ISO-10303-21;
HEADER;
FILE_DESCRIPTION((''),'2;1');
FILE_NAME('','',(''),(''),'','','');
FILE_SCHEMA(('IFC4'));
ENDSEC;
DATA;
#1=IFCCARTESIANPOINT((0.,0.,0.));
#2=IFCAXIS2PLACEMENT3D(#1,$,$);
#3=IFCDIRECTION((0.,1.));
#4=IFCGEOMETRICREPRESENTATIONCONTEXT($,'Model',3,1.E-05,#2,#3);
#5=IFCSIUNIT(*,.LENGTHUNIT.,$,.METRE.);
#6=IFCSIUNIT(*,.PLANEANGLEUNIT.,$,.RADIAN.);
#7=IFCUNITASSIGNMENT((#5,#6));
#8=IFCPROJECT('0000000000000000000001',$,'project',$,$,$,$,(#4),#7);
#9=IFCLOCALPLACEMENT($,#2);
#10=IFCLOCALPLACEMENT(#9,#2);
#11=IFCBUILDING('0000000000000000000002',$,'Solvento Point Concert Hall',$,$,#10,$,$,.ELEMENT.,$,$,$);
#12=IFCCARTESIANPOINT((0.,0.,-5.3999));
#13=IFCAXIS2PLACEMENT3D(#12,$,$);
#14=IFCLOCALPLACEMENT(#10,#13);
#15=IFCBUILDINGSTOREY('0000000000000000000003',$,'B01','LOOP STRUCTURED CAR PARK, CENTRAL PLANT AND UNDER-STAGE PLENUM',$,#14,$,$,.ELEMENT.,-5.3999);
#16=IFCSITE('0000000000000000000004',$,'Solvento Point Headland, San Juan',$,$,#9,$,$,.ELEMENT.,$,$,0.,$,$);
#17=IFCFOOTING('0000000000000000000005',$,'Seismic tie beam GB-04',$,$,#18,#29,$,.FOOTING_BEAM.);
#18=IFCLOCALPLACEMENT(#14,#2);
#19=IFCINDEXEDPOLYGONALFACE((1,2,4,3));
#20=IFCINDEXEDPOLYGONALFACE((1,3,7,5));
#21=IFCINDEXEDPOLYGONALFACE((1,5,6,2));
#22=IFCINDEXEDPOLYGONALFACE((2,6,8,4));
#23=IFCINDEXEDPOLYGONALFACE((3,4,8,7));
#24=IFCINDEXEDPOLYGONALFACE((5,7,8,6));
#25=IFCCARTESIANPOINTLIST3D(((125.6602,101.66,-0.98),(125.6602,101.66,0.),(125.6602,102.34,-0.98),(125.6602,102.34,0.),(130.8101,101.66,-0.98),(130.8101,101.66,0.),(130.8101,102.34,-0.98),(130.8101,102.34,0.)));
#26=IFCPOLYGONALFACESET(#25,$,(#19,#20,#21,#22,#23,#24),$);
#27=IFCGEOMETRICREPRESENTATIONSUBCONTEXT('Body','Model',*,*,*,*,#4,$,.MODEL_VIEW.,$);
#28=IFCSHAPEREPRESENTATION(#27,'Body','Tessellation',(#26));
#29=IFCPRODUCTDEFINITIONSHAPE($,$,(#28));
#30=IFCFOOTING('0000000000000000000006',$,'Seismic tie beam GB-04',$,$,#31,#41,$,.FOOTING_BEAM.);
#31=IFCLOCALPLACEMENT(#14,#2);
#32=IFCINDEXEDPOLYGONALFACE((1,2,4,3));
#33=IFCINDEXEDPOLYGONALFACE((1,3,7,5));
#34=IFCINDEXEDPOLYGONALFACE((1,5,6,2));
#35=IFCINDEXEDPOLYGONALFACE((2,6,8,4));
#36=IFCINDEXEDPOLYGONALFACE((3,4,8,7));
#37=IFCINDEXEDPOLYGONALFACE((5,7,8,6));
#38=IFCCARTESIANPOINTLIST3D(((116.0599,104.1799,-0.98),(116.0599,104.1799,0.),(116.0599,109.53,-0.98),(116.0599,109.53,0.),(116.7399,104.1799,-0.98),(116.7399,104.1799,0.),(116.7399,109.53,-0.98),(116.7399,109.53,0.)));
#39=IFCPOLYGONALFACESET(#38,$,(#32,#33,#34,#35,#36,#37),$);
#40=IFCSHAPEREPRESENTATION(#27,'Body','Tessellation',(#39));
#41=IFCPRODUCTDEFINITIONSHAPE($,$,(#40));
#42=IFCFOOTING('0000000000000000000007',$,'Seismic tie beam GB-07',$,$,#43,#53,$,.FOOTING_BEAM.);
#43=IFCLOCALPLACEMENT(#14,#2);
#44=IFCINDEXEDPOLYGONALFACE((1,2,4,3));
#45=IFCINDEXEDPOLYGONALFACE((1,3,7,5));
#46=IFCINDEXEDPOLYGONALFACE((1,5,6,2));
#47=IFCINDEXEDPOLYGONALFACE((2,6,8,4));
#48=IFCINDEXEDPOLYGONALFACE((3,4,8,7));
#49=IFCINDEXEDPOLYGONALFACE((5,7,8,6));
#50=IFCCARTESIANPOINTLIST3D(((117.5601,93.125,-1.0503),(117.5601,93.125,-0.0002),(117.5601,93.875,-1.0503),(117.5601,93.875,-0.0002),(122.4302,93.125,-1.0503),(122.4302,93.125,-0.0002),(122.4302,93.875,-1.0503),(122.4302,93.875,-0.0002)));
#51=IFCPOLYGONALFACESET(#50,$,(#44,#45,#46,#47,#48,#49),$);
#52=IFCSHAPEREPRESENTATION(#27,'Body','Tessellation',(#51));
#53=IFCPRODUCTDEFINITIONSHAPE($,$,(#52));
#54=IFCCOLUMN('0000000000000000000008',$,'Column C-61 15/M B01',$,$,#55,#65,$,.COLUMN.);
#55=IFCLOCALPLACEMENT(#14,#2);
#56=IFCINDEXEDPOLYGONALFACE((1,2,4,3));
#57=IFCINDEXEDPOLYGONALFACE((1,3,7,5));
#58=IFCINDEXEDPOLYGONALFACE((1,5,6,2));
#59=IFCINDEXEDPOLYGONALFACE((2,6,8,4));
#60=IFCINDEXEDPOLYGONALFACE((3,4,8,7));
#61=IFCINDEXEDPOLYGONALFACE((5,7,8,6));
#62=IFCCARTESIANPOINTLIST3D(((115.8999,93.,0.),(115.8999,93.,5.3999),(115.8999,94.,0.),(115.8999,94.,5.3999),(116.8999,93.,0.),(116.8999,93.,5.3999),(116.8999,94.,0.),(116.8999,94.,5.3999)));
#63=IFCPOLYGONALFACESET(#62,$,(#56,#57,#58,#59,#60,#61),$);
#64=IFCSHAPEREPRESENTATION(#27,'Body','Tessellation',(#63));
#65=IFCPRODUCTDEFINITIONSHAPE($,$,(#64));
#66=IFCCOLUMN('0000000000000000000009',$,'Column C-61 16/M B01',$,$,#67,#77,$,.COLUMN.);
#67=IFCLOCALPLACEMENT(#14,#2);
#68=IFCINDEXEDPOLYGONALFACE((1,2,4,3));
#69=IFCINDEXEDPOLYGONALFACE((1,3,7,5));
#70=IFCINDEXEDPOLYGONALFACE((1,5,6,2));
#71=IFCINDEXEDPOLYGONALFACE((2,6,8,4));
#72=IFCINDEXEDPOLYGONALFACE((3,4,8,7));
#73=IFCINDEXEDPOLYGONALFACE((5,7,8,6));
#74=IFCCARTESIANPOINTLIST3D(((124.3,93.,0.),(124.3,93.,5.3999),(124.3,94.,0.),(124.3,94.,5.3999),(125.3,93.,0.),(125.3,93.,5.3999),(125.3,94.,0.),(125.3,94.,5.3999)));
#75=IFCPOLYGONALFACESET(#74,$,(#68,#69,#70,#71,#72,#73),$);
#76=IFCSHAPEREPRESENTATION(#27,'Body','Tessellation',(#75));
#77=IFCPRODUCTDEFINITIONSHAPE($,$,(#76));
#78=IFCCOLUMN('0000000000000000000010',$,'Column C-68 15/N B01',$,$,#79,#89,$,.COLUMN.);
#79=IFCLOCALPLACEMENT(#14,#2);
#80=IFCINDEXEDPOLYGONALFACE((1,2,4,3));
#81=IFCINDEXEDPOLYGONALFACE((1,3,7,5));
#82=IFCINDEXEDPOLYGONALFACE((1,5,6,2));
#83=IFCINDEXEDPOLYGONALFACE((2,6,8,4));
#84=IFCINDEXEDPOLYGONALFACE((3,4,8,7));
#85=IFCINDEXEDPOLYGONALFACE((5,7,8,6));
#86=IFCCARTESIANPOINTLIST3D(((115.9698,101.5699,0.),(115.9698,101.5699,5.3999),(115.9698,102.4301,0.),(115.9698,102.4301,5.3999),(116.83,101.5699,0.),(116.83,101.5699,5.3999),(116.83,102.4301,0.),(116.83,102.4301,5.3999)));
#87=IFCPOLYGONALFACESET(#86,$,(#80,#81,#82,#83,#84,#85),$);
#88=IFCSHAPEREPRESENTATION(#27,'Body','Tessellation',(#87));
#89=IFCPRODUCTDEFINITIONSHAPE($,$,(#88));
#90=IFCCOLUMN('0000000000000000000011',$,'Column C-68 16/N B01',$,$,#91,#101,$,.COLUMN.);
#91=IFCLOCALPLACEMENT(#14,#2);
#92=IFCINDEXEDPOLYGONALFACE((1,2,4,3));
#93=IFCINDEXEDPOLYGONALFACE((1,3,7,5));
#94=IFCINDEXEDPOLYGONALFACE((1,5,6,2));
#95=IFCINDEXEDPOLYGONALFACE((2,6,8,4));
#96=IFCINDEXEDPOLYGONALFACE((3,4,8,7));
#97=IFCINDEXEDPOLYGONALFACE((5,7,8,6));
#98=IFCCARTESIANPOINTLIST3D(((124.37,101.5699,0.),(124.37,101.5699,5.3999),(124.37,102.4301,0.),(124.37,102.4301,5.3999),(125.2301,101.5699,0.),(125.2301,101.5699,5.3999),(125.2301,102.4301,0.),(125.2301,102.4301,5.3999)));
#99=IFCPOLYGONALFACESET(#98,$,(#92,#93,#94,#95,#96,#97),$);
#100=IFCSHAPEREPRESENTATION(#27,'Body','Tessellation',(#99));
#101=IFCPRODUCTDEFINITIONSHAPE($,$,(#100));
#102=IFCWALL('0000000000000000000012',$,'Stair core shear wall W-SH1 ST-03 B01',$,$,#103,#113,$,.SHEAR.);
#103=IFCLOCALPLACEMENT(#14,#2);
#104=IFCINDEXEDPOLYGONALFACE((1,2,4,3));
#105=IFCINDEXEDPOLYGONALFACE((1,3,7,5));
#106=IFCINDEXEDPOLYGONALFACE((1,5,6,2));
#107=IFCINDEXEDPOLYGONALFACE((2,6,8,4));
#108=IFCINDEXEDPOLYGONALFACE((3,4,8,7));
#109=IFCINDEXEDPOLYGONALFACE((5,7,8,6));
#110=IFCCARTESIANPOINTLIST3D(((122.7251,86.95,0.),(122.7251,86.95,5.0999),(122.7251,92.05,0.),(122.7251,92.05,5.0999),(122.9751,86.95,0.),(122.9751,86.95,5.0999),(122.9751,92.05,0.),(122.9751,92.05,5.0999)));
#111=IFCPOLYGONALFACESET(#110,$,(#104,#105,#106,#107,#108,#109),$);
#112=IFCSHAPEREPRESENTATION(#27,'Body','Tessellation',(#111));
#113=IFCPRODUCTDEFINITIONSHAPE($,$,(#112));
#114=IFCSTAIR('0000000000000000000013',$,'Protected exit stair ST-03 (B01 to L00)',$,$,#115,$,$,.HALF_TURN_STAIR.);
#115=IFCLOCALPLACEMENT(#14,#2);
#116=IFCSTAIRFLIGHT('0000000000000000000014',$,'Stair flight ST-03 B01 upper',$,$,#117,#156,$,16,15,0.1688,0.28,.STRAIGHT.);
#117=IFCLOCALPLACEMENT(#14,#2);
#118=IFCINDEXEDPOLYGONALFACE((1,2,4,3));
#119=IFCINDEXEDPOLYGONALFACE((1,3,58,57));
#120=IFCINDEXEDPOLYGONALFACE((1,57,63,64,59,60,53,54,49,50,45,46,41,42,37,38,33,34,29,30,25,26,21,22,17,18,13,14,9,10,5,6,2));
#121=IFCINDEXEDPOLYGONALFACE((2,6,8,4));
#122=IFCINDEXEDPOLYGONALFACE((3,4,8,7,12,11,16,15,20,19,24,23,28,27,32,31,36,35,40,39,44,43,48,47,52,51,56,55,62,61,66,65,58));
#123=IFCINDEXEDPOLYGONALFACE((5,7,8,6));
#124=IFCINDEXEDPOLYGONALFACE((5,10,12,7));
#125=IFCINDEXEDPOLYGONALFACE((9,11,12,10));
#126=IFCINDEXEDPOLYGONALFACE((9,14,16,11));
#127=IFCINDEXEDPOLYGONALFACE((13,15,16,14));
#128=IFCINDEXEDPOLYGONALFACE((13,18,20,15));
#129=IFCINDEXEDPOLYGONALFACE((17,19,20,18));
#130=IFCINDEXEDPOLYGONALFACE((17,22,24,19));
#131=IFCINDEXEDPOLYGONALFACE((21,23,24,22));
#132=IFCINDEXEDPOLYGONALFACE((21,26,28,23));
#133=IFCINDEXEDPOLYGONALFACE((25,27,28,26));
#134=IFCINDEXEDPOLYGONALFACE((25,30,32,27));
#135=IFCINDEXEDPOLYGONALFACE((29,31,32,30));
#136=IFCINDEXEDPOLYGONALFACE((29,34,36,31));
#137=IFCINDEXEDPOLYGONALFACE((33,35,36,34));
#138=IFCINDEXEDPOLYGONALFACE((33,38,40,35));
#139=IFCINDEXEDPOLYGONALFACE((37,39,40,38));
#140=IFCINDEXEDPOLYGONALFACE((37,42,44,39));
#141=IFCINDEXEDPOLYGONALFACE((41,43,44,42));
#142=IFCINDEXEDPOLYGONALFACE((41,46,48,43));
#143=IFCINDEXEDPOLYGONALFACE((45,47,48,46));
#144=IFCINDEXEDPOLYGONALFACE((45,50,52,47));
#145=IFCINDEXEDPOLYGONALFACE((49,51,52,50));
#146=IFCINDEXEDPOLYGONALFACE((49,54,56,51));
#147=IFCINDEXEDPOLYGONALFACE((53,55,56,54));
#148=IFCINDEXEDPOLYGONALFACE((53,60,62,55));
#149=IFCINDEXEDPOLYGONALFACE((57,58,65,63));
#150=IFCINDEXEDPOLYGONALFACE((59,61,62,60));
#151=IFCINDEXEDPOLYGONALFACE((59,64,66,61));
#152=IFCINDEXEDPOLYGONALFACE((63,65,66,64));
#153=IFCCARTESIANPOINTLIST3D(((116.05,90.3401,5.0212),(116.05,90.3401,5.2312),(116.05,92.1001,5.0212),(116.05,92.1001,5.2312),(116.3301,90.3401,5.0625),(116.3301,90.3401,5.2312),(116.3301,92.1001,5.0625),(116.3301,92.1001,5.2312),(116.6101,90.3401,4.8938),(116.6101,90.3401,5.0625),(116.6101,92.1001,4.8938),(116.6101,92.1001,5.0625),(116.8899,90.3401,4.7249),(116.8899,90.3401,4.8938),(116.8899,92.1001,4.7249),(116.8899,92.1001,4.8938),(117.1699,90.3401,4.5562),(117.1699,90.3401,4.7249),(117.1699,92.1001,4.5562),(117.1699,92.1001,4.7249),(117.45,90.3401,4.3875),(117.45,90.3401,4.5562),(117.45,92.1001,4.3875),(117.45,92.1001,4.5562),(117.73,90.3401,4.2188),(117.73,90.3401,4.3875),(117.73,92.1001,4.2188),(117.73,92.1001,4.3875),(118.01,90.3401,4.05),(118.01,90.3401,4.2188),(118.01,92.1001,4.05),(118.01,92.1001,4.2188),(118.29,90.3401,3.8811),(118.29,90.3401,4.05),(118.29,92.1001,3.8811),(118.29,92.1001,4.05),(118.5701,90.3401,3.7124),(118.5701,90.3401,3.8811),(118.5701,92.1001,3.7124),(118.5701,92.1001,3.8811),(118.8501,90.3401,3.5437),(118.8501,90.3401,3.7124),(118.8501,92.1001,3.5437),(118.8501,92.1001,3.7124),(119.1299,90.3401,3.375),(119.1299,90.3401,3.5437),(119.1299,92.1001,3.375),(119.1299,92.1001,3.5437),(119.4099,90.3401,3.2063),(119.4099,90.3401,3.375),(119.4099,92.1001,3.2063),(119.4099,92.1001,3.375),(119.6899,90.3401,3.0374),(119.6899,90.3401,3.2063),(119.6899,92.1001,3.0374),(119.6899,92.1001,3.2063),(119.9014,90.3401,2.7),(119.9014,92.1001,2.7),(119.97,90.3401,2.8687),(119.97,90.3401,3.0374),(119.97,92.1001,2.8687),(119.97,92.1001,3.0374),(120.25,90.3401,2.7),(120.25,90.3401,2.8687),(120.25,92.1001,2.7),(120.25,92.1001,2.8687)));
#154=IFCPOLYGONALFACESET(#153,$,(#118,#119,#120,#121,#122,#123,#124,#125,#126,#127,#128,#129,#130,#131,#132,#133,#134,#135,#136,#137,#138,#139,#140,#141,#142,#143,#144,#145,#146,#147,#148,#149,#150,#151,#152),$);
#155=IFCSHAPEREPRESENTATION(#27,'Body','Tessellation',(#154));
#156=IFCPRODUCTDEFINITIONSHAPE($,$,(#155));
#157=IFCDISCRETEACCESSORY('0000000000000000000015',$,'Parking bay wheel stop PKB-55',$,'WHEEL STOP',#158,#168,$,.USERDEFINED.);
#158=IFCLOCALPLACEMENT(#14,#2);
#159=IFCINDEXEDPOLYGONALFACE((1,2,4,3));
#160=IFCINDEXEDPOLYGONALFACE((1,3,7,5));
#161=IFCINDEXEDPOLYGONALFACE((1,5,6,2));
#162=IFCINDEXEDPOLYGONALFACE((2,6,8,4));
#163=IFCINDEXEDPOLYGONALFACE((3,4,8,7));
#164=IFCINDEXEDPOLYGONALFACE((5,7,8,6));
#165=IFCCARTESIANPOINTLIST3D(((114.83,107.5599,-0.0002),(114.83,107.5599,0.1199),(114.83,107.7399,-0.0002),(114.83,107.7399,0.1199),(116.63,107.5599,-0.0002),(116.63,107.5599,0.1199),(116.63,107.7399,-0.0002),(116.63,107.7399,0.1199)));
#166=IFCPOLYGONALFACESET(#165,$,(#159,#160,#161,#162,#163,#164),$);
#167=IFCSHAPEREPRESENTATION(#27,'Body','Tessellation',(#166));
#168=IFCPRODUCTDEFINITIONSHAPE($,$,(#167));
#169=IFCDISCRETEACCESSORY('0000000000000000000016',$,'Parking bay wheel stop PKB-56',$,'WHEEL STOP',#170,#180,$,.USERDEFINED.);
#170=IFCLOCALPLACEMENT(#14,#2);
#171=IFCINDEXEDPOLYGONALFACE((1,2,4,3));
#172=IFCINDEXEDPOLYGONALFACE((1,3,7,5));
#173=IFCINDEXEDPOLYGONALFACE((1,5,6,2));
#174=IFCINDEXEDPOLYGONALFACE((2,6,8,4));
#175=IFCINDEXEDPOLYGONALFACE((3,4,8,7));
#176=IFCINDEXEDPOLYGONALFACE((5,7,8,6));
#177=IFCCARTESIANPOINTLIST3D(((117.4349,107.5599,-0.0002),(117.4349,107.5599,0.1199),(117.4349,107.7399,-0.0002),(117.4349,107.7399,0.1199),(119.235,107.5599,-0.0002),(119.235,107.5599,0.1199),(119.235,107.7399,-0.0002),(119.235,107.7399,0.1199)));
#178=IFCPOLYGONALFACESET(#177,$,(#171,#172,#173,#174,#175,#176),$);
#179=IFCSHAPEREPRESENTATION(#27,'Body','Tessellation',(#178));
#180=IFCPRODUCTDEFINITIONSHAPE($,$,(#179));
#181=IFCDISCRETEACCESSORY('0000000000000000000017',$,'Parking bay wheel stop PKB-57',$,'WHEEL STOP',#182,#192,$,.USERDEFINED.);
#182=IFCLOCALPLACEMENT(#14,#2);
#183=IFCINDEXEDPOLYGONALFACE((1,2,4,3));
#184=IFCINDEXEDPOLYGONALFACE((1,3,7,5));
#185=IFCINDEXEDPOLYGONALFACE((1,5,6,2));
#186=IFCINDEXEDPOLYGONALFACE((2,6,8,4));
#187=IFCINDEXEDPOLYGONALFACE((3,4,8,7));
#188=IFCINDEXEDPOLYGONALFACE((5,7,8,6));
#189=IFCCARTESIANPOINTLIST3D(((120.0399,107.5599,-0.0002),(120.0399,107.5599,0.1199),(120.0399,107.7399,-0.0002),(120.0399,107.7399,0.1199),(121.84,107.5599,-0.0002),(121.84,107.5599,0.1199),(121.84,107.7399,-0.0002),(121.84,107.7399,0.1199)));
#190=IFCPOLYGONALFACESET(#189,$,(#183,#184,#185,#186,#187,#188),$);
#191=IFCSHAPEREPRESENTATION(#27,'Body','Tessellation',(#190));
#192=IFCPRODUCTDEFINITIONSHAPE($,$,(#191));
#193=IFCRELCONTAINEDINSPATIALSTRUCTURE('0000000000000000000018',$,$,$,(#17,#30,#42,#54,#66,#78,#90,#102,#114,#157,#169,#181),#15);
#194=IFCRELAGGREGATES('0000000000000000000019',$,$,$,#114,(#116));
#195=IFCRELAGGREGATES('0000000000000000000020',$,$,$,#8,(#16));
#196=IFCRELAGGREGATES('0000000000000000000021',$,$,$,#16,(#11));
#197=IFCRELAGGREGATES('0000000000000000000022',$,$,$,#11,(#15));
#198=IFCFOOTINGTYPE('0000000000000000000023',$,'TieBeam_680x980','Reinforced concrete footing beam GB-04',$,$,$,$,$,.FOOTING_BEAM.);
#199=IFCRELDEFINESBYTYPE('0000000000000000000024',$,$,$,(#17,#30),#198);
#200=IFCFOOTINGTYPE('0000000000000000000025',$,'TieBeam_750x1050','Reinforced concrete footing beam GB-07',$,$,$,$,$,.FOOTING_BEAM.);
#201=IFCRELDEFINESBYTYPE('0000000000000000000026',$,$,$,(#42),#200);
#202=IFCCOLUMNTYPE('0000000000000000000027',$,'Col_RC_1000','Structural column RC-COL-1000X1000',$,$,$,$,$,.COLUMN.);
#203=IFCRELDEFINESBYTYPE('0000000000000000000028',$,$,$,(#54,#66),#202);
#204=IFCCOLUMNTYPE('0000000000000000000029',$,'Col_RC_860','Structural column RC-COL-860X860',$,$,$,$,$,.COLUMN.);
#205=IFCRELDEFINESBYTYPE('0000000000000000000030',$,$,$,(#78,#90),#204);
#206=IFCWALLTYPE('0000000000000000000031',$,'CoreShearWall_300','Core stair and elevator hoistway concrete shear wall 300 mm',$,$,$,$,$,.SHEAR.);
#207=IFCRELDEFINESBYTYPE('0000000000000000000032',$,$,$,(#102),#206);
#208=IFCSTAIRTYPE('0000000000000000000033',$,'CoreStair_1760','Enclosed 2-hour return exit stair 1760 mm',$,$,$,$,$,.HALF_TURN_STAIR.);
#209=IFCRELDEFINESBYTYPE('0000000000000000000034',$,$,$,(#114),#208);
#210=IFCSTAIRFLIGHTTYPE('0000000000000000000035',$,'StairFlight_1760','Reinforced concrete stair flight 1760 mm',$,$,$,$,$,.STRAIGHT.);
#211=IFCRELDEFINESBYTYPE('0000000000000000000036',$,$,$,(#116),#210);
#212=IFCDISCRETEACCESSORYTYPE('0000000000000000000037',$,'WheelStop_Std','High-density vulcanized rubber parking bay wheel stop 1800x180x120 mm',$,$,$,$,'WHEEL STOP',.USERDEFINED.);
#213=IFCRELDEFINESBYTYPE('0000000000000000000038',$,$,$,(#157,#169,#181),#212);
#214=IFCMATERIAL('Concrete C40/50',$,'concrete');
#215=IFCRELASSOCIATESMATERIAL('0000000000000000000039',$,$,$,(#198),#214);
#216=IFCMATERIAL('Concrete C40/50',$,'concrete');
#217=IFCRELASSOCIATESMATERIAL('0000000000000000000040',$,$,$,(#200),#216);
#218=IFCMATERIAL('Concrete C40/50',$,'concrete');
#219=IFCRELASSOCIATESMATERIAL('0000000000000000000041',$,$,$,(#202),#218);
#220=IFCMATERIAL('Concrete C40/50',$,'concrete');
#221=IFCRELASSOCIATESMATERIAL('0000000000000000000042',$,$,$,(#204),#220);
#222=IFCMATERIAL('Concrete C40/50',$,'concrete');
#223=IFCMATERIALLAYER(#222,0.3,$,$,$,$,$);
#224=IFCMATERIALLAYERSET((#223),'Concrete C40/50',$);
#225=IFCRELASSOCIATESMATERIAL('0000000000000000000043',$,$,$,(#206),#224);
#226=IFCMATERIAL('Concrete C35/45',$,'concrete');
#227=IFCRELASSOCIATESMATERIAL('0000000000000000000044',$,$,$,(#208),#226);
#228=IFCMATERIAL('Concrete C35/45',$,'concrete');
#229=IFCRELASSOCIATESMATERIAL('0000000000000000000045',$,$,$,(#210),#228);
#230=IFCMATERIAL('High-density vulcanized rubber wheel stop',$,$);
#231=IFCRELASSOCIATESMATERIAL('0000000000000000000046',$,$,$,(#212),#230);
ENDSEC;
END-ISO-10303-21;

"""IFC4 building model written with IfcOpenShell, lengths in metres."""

from ifc_helpers import new_model, si_unit, direction, frame, frame_2d, origin, origin_2d, place, context, subcontext, project, spatial, polyline, rectangle, outline, extrude, material, layer, layer_set, material_profile, profile_set, type_object, element, aggregate, save


model = new_model("IFC4")

# Units and contexts
model_context = context("Model", 3, precision=1e-05, world=origin(), true_north=direction((0.0, 1.0)))
body_context = subcontext(model_context, "Body", "Model", "MODEL_VIEW")
ifc_project = project(units=[si_unit("LENGTHUNIT", "METRE"), si_unit("PLANEANGLEUNIT", "RADIAN")], contexts=[model_context])

# Site, building, storey
site_placement = place(None, origin())
site = spatial("IfcSite", under=ifc_project, at=site_placement, Name="Solvento Point Headland, San Juan", CompositionType="ELEMENT", RefElevation=0.0)
building_placement = place(site_placement, origin())
building = spatial("IfcBuilding", under=site, at=building_placement, Name="Solvento Point Concert Hall", CompositionType="ELEMENT")
storey_placement = place(building_placement, frame((0.0, 0.0, -5.3999)))
storey = spatial("IfcBuildingStorey", under=building, at=storey_placement, Name="B01", Description="LOOP STRUCTURED CAR PARK, CENTRAL PLANT AND UNDER-STAGE PLENUM", CompositionType="ELEMENT", Elevation=-5.3999)

# Footings
ifc_material_1 = material(Name="Concrete C40/50", Category="concrete")
footing_type_1 = type_object("IfcFootingType", Name="TieBeam_680x980", Description="Reinforced concrete footing beam GB-04", PredefinedType="FOOTING_BEAM", material=ifc_material_1)
footing_1_placement = place(storey_placement, frame((128.2351, 102.0, -0.98), z_axis=(0.0, 0.0, 1.0), x_axis=(1.0, 0.0, 0.0)))
element("IfcFooting", 1, at=footing_1_placement, inside=storey, type_object=footing_type_1, Name="Seismic tie beam GB-04", PredefinedType="FOOTING_BEAM", context=body_context, shape_type="SweptSolid", body=[
    extrude(rectangle(XDim=5.1499, YDim=0.6799, at=origin_2d()), origin(), (0.0, 0.0, 1.0), 0.98),
])
footing_2_placement = place(storey_placement, frame((116.3999, 106.855, -0.98), z_axis=(0.0, 0.0, 1.0), x_axis=(0.0, 1.0, 0.0)))
element("IfcFooting", 2, at=footing_2_placement, inside=storey, type_object=footing_type_1, Name="Seismic tie beam GB-04", PredefinedType="FOOTING_BEAM", context=body_context, shape_type="SweptSolid", body=[
    extrude(rectangle(XDim=5.3501, YDim=0.6799, at=origin_2d()), origin(), (0.0, 0.0, 1.0), 0.98),
])
ifc_material_2 = material(Name="Concrete C40/50", Category="concrete")
footing_type_2 = type_object("IfcFootingType", Name="TieBeam_750x1050", Description="Reinforced concrete footing beam GB-07", PredefinedType="FOOTING_BEAM", material=ifc_material_2)
footing_3_placement = place(storey_placement, frame((119.9951, 93.5, -1.0503), z_axis=(0.0, 0.0, 1.0), x_axis=(1.0, 0.0, 0.0)))
element("IfcFooting", 3, at=footing_3_placement, inside=storey, type_object=footing_type_2, Name="Seismic tie beam GB-07", PredefinedType="FOOTING_BEAM", context=body_context, shape_type="SweptSolid", body=[
    extrude(rectangle(XDim=4.8701, YDim=0.75, at=origin_2d()), origin(), (0.0, 0.0, 1.0), 1.05),
])

# Columns
ifc_material_3 = material(Name="Concrete C40/50", Category="concrete")
ifc_material_profile_1 = material_profile(ifc_material_3, rectangle(XDim=1.0, YDim=1.0, at=origin_2d()), Name="RC-COL-1000X1000")
ifc_profile_set_1 = profile_set([ifc_material_profile_1], Name="Concrete C40/50")
column_type_1 = type_object("IfcColumnType", Name="Col_RC_1000", Description="Structural column RC-COL-1000X1000", PredefinedType="COLUMN", material=ifc_profile_set_1)
for number, where, z_axis, x_axis, name in (
    (4, (116.3999, 93.5, 0.0), (0.0, 0.0, 1.0), (1.0, 0.0, 0.0), "Column C-61 15/M B01"),
    (5, (124.8, 93.5, 0.0), (0.0, 0.0, 1.0), (1.0, 0.0, 0.0), "Column C-61 16/M B01"),
):
    element("IfcColumn", number, at=place(storey_placement, frame(where, z_axis=z_axis, x_axis=x_axis)), inside=storey, type_object=column_type_1, Name=name, PredefinedType="COLUMN", context=body_context, shape_type="SweptSolid", body=[
        extrude(rectangle(XDim=1.0, YDim=1.0, at=origin_2d()), origin(), (0.0, 0.0, 1.0), 5.3999),
    ])
ifc_material_4 = material(Name="Concrete C40/50", Category="concrete")
ifc_material_profile_2 = material_profile(ifc_material_4, rectangle(XDim=0.8601, YDim=0.8601, at=origin_2d()), Name="RC-COL-860X860")
ifc_profile_set_2 = profile_set([ifc_material_profile_2], Name="Concrete C40/50")
column_type_2 = type_object("IfcColumnType", Name="Col_RC_860", Description="Structural column RC-COL-860X860", PredefinedType="COLUMN", material=ifc_profile_set_2)
for number, where, z_axis, x_axis, name in (
    (6, (116.3999, 102.0, 0.0), (0.0, 0.0, 1.0), (1.0, 0.0, 0.0), "Column C-68 15/N B01"),
    (7, (124.8, 102.0, 0.0), (0.0, 0.0, 1.0), (1.0, 0.0, 0.0), "Column C-68 16/N B01"),
):
    element("IfcColumn", number, at=place(storey_placement, frame(where, z_axis=z_axis, x_axis=x_axis)), inside=storey, type_object=column_type_2, Name=name, PredefinedType="COLUMN", context=body_context, shape_type="SweptSolid", body=[
        extrude(rectangle(XDim=0.8601, YDim=0.8601, at=origin_2d()), origin(), (0.0, 0.0, 1.0), 5.3999),
    ])

# Wall
ifc_material_5 = material(Name="Concrete C40/50", Category="concrete")
ifc_layer = layer(ifc_material_5, 0.3)
ifc_layer_set = layer_set([ifc_layer], Name="Concrete C40/50")
wall_type = type_object("IfcWallType", Name="CoreShearWall_300", Description="Core stair and elevator hoistway concrete shear wall 300 mm", PredefinedType="SHEAR", material=ifc_layer_set)
wall_placement = place(storey_placement, frame((122.8501, 92.05, 0.0), z_axis=(0.0, 0.0, 1.0), x_axis=(0.0, -1.0, 0.0)))
element("IfcWall", 8, at=wall_placement, inside=storey, type_object=wall_type, Name="Stair core shear wall W-SH1 ST-03 B01", PredefinedType="SHEAR", context=body_context, shape_type="SweptSolid", body=[
    extrude(rectangle(XDim=5.1001, YDim=0.25, at=frame_2d((2.55, 0.0))), origin(), (0.0, 0.0, 1.0), 5.0999),
])

# Stair, stair flight
ifc_material_6 = material(Name="Concrete C35/45", Category="concrete")
stair_type = type_object("IfcStairType", Name="CoreStair_1760", Description="Enclosed 2-hour return exit stair 1760 mm", PredefinedType="HALF_TURN_STAIR", material=ifc_material_6)
stair_placement = place(storey_placement, origin())
stair = element("IfcStair", 9, at=stair_placement, inside=storey, type_object=stair_type, Name="Protected exit stair ST-03 (B01 to L00)", PredefinedType="HALF_TURN_STAIR")
ifc_material_7 = material(Name="Concrete C35/45", Category="concrete")
stair_flight_type = type_object("IfcStairFlightType", Name="StairFlight_1760", Description="Reinforced concrete stair flight 1760 mm", PredefinedType="STRAIGHT", material=ifc_material_7)
stair_flight_placement = place(storey_placement, frame((120.25, 91.22, 2.7), z_axis=(0.0, 0.0, 1.0), x_axis=(-1.0, 0.0, 0.0)))
stair_flight = element("IfcStairFlight", 10, at=stair_flight_placement, type_object=stair_flight_type, Name="Stair flight ST-03 B01 upper", NumberOfRisers=16, NumberOfTreads=15, PredefinedType="STRAIGHT", RiserHeight=0.1688, TreadLength=0.28, context=body_context, shape_type="SweptSolid", body=[
    extrude(outline(polyline([(0.0, 0.0), (0.0, 0.1687), (0.28, 0.1687), (0.28, 0.3374), (0.5601, 0.3374), (0.5601, 0.5063), (0.8401, 0.5063), (0.8401, 0.675), (1.1201, 0.675), (1.1201, 0.8438), (1.3999, 0.8438), (1.3999, 1.0125), (1.6799, 1.0125), (1.6799, 1.1812), (1.96, 1.1812), (1.96, 1.3501), (2.24, 1.3501), (2.24, 1.5188), (2.52, 1.5188), (2.52, 1.6875), (2.8, 1.6875), (2.8, 1.8562), (3.0801, 1.8562), (3.0801, 2.0249), (3.3601, 2.0249), (3.3601, 2.1938), (3.6399, 2.1938), (3.6399, 2.3625), (3.9199, 2.3625), (3.9199, 2.5312), (4.2, 2.5312), (4.2, 2.7), (4.2, 2.3213), (0.3486, 0.0), (0.0, 0.0)])), frame((0.0, 0.8799, 0.0), z_axis=(0.0, -1.0, 0.0), x_axis=(1.0, 0.0, 0.0)), (0.0, 0.0, 1.0), 1.76),
])
aggregate(stair, [stair_flight])

# Discrete accessories
ifc_material_8 = material(Name="High-density vulcanized rubber wheel stop")
discrete_accessory_type = type_object("IfcDiscreteAccessoryType", Name="WheelStop_Std", Description="High-density vulcanized rubber parking bay wheel stop 1800x180x120 mm", ElementType="WHEEL STOP", PredefinedType="USERDEFINED", material=ifc_material_8)
for number, where, z_axis, x_axis, name in (
    (11, (115.73, 107.6499, -0.0002), (0.0, 0.0, 1.0), (1.0, 0.0, 0.0), "Parking bay wheel stop PKB-55"),
    (12, (118.335, 107.6499, -0.0002), (0.0, 0.0, 1.0), (1.0, 0.0, 0.0), "Parking bay wheel stop PKB-56"),
    (13, (120.9399, 107.6499, -0.0002), (0.0, 0.0, 1.0), (1.0, 0.0, 0.0), "Parking bay wheel stop PKB-57"),
):
    element("IfcDiscreteAccessory", number, at=place(storey_placement, frame(where, z_axis=z_axis, x_axis=x_axis)), inside=storey, type_object=discrete_accessory_type, Name=name, ObjectType="WHEEL STOP", PredefinedType="USERDEFINED", context=body_context, shape_type="SweptSolid", body=[
        extrude(rectangle(XDim=1.8, YDim=0.1799, at=origin_2d()), origin(), (0.0, 0.0, 1.0), 0.1201),
    ])

save(model, "model.ifc")
